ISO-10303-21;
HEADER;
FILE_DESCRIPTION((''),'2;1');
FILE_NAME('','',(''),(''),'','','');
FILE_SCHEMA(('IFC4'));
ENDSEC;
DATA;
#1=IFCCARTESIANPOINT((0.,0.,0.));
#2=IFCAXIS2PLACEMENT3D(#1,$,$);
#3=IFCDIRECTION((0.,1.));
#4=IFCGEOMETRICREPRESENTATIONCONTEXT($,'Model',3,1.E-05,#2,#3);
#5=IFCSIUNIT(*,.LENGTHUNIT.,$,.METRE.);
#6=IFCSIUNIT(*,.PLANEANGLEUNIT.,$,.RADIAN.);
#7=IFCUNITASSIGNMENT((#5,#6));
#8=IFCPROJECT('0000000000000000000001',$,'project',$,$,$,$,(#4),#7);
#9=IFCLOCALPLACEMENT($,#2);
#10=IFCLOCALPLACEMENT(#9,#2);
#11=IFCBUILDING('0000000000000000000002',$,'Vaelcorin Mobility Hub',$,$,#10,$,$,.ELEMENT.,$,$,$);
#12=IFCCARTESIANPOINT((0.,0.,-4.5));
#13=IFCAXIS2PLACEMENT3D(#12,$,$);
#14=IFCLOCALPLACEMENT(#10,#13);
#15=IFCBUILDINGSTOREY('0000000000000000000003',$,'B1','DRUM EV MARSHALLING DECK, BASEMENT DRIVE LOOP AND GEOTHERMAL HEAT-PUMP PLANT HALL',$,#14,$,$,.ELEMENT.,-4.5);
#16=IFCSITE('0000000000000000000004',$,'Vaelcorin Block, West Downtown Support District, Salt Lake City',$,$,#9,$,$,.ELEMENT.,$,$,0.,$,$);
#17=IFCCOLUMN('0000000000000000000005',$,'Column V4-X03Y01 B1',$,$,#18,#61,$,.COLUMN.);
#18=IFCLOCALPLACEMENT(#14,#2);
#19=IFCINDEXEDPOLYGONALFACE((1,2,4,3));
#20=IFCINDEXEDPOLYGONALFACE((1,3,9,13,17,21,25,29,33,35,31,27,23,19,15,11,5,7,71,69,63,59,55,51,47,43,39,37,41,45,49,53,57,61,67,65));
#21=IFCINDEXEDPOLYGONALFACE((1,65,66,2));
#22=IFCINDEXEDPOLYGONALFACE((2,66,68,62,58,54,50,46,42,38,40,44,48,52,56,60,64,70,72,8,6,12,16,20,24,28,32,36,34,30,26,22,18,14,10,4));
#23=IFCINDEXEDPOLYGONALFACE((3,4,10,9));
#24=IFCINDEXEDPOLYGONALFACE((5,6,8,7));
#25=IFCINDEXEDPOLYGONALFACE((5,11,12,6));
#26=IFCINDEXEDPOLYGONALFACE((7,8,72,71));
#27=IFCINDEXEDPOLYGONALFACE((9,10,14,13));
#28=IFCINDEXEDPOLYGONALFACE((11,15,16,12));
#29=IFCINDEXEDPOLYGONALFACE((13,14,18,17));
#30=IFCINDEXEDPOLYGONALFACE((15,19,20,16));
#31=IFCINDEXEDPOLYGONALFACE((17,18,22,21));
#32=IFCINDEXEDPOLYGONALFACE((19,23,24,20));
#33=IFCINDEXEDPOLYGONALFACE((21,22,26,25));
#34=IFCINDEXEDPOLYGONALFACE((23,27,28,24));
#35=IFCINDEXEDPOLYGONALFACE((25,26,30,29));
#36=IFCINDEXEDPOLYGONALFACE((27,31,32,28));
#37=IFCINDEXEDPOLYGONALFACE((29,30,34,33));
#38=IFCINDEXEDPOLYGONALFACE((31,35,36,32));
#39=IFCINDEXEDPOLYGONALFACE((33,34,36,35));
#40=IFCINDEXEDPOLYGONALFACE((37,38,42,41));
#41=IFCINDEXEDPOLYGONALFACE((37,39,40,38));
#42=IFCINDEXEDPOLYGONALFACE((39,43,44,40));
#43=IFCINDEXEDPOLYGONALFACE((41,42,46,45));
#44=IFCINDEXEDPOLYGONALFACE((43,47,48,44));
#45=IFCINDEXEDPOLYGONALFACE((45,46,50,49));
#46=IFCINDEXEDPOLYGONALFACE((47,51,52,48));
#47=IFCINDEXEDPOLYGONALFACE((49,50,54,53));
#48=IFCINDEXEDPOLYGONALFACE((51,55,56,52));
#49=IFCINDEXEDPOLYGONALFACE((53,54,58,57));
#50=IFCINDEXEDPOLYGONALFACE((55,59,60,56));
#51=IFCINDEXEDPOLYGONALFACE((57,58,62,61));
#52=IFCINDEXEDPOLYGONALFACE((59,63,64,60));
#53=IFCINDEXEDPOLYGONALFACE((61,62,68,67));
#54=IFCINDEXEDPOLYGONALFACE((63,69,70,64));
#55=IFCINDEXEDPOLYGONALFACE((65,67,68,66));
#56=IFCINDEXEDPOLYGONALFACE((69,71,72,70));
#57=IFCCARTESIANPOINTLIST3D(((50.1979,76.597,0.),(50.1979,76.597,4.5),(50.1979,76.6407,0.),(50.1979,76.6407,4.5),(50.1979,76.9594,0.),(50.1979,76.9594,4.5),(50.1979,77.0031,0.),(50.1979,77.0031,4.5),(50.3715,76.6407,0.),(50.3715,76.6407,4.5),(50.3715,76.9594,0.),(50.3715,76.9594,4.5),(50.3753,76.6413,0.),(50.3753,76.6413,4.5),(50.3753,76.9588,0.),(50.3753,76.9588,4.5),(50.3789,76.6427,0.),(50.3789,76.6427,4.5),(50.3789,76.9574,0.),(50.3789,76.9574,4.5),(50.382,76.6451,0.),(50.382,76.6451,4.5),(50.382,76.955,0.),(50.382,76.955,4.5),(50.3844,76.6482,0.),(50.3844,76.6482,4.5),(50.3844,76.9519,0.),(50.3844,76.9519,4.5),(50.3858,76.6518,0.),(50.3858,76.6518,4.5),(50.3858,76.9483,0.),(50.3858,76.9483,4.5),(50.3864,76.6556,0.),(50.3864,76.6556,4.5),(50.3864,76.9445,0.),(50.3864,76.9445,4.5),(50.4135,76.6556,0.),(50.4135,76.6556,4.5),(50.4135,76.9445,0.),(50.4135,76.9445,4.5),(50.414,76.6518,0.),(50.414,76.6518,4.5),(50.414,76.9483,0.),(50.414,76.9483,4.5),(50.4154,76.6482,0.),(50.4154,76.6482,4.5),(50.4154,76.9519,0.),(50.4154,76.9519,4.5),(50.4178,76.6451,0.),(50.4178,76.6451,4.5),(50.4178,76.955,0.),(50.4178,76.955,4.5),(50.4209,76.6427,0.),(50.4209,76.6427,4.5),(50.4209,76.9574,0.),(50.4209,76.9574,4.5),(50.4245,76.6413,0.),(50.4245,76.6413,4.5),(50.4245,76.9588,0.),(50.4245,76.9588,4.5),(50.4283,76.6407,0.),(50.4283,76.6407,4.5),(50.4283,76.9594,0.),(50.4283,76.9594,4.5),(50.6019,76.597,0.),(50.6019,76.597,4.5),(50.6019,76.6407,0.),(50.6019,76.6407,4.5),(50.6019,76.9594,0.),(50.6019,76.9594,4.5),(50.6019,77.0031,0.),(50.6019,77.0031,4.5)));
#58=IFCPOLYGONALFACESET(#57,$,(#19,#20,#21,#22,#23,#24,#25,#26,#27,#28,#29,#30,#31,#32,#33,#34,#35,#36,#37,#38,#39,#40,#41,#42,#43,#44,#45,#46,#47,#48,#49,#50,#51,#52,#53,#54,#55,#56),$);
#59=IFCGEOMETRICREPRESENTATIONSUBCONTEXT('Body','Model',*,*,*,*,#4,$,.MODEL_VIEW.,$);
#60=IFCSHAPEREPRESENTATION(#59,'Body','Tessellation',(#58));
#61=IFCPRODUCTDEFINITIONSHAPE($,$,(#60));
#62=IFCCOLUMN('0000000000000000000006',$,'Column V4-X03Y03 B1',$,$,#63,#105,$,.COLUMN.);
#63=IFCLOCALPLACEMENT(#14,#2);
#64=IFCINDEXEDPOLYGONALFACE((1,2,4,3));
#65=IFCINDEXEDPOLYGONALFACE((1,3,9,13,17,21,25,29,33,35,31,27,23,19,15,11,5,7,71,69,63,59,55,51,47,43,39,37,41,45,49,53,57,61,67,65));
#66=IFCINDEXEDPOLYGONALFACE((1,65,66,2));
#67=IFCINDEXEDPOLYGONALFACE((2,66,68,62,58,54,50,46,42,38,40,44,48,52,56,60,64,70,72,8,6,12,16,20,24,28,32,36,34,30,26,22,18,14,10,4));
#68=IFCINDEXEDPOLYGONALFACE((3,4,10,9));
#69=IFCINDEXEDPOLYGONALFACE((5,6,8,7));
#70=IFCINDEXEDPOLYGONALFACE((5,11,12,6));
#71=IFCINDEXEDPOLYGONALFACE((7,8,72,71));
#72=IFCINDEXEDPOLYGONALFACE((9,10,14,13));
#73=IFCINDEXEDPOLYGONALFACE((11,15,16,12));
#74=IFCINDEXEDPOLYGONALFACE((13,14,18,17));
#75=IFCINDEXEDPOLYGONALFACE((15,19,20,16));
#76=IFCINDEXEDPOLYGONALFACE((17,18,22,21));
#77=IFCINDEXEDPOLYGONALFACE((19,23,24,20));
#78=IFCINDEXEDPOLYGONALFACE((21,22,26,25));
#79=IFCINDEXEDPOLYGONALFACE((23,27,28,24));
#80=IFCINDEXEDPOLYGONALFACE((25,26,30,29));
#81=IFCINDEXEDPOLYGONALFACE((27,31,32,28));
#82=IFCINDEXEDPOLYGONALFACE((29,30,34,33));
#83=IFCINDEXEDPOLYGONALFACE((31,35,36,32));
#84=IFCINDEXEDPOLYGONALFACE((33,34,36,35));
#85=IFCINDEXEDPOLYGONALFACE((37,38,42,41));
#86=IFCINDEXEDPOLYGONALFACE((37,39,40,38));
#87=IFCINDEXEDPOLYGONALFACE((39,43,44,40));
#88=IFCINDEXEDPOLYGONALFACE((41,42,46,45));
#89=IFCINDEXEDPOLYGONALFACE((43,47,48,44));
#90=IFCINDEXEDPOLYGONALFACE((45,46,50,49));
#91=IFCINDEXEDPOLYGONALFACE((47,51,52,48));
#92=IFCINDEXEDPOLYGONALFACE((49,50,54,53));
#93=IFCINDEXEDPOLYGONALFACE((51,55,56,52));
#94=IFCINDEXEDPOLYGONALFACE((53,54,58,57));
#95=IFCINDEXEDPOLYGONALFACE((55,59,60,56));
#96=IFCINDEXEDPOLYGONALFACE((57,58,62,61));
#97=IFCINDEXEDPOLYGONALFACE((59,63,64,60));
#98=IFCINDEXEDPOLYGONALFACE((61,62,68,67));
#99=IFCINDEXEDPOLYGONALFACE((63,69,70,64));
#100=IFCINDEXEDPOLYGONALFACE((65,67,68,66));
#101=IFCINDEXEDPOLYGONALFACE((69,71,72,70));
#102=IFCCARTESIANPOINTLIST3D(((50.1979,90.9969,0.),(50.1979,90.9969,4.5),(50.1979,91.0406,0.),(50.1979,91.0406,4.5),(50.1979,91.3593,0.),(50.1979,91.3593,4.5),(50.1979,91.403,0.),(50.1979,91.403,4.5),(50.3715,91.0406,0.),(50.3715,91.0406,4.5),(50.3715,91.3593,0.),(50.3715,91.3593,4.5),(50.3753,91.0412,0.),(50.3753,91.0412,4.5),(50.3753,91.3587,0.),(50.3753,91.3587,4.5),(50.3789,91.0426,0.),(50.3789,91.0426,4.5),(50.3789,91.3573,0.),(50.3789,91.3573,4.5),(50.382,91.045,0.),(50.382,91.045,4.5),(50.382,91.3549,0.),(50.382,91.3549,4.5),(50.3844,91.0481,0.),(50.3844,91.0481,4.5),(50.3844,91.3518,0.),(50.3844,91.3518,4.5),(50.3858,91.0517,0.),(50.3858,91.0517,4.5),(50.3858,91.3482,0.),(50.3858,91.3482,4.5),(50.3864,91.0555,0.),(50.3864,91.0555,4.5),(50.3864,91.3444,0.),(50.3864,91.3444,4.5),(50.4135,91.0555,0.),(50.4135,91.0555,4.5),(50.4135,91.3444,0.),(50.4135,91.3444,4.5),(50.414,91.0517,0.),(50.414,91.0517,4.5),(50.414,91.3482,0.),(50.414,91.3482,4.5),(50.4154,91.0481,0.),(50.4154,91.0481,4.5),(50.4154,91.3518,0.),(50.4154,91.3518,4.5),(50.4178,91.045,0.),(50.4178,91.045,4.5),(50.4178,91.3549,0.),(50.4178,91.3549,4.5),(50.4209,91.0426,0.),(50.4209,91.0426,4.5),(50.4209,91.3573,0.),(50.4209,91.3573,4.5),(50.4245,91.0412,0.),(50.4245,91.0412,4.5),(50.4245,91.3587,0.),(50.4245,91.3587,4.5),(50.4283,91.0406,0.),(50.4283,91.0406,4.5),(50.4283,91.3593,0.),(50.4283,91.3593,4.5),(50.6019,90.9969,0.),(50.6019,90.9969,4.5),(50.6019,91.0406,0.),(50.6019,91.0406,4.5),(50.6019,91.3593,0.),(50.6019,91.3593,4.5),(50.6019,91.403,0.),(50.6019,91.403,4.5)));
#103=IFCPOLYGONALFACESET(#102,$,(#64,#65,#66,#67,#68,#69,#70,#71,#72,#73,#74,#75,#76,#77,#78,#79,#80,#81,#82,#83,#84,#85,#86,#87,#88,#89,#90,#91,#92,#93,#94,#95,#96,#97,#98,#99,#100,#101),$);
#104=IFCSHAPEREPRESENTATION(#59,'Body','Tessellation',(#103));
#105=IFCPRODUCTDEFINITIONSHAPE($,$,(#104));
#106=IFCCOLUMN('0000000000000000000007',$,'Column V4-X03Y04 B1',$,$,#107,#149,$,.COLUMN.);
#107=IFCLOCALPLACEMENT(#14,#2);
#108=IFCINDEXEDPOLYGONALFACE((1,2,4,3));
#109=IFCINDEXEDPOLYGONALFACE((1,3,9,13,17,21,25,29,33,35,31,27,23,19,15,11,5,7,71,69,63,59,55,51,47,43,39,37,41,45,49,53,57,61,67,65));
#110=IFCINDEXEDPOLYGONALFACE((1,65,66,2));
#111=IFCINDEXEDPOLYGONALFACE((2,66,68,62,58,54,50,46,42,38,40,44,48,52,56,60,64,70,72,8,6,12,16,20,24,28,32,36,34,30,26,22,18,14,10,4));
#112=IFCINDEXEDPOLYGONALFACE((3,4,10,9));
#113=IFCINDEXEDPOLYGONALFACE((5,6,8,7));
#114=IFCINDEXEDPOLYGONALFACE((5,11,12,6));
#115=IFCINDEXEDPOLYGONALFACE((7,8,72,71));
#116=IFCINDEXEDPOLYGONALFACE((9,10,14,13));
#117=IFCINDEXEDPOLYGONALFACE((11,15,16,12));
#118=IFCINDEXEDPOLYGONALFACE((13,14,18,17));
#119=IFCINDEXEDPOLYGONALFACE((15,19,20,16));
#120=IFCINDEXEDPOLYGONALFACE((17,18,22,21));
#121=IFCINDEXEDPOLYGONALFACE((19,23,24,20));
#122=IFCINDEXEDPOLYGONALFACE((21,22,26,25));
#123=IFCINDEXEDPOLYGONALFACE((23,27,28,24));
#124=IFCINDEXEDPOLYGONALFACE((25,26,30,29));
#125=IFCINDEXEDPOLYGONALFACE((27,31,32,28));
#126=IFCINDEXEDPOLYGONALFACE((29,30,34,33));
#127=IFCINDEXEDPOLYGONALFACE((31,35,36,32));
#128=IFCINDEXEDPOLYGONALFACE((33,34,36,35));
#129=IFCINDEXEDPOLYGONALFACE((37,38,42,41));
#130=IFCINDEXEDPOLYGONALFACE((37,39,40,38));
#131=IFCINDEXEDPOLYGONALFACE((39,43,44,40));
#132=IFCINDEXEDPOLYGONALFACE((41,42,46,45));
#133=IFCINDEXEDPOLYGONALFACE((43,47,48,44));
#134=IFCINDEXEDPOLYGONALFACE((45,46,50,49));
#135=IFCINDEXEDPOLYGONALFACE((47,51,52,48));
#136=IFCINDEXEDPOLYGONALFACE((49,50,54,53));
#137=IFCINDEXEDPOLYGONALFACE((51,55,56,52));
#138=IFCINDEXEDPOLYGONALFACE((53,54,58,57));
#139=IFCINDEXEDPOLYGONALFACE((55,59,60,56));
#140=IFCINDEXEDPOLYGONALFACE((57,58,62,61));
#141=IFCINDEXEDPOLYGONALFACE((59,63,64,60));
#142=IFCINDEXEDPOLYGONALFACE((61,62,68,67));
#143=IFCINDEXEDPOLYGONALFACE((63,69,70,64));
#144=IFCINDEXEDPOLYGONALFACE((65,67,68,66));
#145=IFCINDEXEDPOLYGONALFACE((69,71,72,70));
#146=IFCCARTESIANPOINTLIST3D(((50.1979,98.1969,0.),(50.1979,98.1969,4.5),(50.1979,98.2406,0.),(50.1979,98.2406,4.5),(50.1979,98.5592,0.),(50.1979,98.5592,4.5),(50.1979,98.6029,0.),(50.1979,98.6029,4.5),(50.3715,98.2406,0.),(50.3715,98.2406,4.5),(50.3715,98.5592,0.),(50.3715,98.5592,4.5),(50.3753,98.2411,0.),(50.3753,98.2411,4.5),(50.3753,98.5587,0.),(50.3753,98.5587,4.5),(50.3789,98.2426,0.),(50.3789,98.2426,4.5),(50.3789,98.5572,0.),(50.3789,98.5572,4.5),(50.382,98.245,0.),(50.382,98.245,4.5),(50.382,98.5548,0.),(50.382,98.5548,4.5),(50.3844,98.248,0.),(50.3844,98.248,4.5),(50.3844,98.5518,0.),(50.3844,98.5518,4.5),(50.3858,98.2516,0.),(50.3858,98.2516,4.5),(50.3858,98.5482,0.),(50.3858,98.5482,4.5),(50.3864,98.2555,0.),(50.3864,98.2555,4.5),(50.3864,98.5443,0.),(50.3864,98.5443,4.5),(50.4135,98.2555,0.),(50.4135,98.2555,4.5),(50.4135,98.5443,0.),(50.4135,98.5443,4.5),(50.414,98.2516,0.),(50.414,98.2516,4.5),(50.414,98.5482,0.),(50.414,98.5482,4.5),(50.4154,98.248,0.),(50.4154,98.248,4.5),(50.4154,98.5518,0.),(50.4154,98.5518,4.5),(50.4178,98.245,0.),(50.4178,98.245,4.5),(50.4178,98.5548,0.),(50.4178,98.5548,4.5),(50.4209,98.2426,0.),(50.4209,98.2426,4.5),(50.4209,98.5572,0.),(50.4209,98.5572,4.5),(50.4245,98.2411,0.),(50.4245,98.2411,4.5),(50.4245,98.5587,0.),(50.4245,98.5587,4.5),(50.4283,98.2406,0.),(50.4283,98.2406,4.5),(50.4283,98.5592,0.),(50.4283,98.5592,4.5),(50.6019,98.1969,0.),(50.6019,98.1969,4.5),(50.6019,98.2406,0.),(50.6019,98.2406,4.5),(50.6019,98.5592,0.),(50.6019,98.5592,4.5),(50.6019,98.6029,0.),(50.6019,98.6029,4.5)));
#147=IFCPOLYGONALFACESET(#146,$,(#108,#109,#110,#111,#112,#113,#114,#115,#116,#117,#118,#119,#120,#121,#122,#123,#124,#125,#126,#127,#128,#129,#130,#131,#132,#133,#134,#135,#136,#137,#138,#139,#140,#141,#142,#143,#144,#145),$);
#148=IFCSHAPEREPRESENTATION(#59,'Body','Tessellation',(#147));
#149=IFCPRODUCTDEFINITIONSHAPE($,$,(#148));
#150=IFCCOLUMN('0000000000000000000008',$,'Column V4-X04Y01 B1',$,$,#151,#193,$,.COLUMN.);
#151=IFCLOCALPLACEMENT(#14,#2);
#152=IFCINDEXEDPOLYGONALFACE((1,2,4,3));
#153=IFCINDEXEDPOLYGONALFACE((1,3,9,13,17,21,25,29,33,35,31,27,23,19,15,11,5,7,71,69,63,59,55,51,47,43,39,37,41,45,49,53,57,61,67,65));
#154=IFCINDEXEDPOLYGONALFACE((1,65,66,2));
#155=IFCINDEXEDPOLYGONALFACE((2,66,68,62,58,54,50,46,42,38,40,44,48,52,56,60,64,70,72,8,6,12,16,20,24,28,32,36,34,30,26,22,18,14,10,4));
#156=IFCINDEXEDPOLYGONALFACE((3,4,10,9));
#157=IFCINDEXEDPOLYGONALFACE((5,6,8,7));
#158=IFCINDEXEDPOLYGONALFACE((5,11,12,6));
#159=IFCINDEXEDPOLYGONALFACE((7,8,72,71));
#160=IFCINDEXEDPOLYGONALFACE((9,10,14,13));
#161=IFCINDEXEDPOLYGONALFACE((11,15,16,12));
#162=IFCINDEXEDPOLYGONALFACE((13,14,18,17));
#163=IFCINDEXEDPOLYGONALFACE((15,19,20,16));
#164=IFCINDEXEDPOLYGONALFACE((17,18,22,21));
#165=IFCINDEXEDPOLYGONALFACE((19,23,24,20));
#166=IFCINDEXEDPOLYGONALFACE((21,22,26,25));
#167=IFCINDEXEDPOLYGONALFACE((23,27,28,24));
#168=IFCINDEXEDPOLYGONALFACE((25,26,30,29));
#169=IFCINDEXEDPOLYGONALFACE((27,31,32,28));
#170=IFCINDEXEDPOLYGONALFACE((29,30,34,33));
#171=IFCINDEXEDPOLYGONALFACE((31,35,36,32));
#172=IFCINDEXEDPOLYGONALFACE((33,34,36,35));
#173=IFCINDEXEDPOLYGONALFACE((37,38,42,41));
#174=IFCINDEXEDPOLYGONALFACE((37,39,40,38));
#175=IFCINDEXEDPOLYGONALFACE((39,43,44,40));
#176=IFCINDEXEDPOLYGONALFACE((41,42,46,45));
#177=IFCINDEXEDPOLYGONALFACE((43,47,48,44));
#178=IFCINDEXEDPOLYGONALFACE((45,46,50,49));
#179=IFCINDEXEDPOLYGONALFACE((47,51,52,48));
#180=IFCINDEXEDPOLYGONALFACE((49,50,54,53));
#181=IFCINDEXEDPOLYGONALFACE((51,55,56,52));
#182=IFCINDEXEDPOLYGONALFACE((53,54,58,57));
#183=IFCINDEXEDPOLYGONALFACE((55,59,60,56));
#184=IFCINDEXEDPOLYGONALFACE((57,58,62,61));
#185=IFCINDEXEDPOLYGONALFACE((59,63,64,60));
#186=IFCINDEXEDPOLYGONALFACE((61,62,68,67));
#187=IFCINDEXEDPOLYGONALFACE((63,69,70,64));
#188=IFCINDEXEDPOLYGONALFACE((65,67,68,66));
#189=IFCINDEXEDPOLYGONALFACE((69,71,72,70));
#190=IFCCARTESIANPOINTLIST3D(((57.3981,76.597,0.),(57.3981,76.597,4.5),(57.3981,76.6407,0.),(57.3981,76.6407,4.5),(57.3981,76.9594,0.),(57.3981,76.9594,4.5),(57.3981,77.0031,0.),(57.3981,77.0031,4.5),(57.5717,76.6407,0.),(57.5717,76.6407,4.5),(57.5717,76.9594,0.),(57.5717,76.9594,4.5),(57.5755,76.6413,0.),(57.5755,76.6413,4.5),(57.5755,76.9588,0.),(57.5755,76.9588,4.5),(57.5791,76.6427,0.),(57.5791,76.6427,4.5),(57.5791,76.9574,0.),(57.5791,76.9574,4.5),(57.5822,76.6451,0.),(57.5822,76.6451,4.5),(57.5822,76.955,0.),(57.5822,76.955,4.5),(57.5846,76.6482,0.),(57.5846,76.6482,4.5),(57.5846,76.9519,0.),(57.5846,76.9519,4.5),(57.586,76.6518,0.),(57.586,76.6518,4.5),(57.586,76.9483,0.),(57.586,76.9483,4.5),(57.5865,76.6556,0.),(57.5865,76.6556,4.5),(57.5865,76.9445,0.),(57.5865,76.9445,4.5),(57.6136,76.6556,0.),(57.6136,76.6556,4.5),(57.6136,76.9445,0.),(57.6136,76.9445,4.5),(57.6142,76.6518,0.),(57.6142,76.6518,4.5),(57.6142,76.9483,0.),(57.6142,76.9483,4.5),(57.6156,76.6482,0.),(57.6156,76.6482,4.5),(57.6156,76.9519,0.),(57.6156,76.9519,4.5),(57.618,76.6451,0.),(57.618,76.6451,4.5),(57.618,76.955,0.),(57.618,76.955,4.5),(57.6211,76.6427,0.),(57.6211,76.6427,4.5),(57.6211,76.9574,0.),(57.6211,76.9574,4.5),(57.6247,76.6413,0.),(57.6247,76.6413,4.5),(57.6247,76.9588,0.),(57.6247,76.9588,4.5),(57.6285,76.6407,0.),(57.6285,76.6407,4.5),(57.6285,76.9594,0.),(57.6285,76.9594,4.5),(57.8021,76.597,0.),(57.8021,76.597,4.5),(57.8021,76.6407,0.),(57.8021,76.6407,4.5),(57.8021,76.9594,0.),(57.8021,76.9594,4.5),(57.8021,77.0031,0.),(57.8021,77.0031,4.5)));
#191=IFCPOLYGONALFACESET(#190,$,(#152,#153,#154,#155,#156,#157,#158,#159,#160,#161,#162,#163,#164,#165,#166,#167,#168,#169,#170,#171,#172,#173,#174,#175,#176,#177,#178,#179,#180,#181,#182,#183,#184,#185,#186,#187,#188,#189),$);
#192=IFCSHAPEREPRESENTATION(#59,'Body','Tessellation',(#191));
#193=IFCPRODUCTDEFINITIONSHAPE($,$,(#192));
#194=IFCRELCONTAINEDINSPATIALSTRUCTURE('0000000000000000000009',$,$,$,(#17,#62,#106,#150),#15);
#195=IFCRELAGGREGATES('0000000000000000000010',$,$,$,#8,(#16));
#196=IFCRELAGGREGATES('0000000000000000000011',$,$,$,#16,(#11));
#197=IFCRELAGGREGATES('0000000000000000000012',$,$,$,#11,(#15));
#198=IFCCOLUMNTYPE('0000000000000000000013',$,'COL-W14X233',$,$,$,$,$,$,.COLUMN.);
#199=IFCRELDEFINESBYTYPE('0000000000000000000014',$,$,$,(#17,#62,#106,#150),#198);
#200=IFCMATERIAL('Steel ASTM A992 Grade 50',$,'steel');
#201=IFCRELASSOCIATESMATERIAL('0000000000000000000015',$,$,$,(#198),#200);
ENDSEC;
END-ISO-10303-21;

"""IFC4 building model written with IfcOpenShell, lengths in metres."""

from ifc_helpers import new_model, si_unit, direction, frame, origin, origin_2d, place, context, subcontext, project, spatial, i_section, extrude, material, material_profile, profile_set, type_object, element, save


model = new_model("IFC4")

# Units and contexts
model_context = context("Model", 3, precision=1e-05, world=origin(), true_north=direction((0.0, 1.0)))
body_context = subcontext(model_context, "Body", "Model", "MODEL_VIEW")
ifc_project = project(units=[si_unit("LENGTHUNIT", "METRE"), si_unit("PLANEANGLEUNIT", "RADIAN")], contexts=[model_context])

# Site, building, storey
site_placement = place(None, origin())
site = spatial("IfcSite", under=ifc_project, at=site_placement, Name="Vaelcorin Block, West Downtown Support District, Salt Lake City", CompositionType="ELEMENT", RefElevation=0.0)
building_placement = place(site_placement, origin())
building = spatial("IfcBuilding", under=site, at=building_placement, Name="Vaelcorin Mobility Hub", CompositionType="ELEMENT")
storey_placement = place(building_placement, frame((0.0, 0.0, -4.5)))
storey = spatial("IfcBuildingStorey", under=building, at=storey_placement, Name="B1", Description="DRUM EV MARSHALLING DECK, BASEMENT DRIVE LOOP AND GEOTHERMAL HEAT-PUMP PLANT HALL", CompositionType="ELEMENT", Elevation=-4.5)

# Columns
ifc_material_1 = material(Name="Steel ASTM A992 Grade 50", Category="steel")
ifc_material_profile_1 = material_profile(ifc_material_1, i_section(OverallWidth=0.4041, OverallDepth=0.406, WebThickness=0.0271, FlangeThickness=0.0437, FilletRadius=0.0149, at=origin_2d()), Name="W14X233")
ifc_profile_set_1 = profile_set([ifc_material_profile_1], Name="Steel ASTM A992 Grade 50")
column_type_1 = type_object("IfcColumnType", Name="COL-W14X233", PredefinedType="COLUMN", material=ifc_profile_set_1)
for number, where, z_axis, x_axis, name in (
    (1, (50.3999, 76.8, 0.0), (0.0, 0.0, 1.0), (1.0, 0.0, 0.0), "Column V4-X03Y01 B1"),
    (2, (50.3999, 91.2, 0.0), (0.0, 0.0, 1.0), (1.0, 0.0, 0.0), "Column V4-X03Y03 B1"),
    (3, (50.3999, 98.3999, 0.0), (0.0, 0.0, 1.0), (1.0, 0.0, 0.0), "Column V4-X03Y04 B1"),
    (4, (57.6001, 76.8, 0.0), (0.0, 0.0, 1.0), (1.0, 0.0, 0.0), "Column V4-X04Y01 B1"),
):
    element("IfcColumn", number, at=place(storey_placement, frame(where, z_axis=z_axis, x_axis=x_axis)), inside=storey, type_object=column_type_1, Name=name, PredefinedType="COLUMN", context=body_context, shape_type="SweptSolid", body=[
        extrude(i_section(OverallWidth=0.4041, OverallDepth=0.406, WebThickness=0.0271, FlangeThickness=0.0437, FilletRadius=0.0149, at=origin_2d()), origin(), (0.0, 0.0, 1.0), 4.5),
    ])

save(model, "model.ifc")
